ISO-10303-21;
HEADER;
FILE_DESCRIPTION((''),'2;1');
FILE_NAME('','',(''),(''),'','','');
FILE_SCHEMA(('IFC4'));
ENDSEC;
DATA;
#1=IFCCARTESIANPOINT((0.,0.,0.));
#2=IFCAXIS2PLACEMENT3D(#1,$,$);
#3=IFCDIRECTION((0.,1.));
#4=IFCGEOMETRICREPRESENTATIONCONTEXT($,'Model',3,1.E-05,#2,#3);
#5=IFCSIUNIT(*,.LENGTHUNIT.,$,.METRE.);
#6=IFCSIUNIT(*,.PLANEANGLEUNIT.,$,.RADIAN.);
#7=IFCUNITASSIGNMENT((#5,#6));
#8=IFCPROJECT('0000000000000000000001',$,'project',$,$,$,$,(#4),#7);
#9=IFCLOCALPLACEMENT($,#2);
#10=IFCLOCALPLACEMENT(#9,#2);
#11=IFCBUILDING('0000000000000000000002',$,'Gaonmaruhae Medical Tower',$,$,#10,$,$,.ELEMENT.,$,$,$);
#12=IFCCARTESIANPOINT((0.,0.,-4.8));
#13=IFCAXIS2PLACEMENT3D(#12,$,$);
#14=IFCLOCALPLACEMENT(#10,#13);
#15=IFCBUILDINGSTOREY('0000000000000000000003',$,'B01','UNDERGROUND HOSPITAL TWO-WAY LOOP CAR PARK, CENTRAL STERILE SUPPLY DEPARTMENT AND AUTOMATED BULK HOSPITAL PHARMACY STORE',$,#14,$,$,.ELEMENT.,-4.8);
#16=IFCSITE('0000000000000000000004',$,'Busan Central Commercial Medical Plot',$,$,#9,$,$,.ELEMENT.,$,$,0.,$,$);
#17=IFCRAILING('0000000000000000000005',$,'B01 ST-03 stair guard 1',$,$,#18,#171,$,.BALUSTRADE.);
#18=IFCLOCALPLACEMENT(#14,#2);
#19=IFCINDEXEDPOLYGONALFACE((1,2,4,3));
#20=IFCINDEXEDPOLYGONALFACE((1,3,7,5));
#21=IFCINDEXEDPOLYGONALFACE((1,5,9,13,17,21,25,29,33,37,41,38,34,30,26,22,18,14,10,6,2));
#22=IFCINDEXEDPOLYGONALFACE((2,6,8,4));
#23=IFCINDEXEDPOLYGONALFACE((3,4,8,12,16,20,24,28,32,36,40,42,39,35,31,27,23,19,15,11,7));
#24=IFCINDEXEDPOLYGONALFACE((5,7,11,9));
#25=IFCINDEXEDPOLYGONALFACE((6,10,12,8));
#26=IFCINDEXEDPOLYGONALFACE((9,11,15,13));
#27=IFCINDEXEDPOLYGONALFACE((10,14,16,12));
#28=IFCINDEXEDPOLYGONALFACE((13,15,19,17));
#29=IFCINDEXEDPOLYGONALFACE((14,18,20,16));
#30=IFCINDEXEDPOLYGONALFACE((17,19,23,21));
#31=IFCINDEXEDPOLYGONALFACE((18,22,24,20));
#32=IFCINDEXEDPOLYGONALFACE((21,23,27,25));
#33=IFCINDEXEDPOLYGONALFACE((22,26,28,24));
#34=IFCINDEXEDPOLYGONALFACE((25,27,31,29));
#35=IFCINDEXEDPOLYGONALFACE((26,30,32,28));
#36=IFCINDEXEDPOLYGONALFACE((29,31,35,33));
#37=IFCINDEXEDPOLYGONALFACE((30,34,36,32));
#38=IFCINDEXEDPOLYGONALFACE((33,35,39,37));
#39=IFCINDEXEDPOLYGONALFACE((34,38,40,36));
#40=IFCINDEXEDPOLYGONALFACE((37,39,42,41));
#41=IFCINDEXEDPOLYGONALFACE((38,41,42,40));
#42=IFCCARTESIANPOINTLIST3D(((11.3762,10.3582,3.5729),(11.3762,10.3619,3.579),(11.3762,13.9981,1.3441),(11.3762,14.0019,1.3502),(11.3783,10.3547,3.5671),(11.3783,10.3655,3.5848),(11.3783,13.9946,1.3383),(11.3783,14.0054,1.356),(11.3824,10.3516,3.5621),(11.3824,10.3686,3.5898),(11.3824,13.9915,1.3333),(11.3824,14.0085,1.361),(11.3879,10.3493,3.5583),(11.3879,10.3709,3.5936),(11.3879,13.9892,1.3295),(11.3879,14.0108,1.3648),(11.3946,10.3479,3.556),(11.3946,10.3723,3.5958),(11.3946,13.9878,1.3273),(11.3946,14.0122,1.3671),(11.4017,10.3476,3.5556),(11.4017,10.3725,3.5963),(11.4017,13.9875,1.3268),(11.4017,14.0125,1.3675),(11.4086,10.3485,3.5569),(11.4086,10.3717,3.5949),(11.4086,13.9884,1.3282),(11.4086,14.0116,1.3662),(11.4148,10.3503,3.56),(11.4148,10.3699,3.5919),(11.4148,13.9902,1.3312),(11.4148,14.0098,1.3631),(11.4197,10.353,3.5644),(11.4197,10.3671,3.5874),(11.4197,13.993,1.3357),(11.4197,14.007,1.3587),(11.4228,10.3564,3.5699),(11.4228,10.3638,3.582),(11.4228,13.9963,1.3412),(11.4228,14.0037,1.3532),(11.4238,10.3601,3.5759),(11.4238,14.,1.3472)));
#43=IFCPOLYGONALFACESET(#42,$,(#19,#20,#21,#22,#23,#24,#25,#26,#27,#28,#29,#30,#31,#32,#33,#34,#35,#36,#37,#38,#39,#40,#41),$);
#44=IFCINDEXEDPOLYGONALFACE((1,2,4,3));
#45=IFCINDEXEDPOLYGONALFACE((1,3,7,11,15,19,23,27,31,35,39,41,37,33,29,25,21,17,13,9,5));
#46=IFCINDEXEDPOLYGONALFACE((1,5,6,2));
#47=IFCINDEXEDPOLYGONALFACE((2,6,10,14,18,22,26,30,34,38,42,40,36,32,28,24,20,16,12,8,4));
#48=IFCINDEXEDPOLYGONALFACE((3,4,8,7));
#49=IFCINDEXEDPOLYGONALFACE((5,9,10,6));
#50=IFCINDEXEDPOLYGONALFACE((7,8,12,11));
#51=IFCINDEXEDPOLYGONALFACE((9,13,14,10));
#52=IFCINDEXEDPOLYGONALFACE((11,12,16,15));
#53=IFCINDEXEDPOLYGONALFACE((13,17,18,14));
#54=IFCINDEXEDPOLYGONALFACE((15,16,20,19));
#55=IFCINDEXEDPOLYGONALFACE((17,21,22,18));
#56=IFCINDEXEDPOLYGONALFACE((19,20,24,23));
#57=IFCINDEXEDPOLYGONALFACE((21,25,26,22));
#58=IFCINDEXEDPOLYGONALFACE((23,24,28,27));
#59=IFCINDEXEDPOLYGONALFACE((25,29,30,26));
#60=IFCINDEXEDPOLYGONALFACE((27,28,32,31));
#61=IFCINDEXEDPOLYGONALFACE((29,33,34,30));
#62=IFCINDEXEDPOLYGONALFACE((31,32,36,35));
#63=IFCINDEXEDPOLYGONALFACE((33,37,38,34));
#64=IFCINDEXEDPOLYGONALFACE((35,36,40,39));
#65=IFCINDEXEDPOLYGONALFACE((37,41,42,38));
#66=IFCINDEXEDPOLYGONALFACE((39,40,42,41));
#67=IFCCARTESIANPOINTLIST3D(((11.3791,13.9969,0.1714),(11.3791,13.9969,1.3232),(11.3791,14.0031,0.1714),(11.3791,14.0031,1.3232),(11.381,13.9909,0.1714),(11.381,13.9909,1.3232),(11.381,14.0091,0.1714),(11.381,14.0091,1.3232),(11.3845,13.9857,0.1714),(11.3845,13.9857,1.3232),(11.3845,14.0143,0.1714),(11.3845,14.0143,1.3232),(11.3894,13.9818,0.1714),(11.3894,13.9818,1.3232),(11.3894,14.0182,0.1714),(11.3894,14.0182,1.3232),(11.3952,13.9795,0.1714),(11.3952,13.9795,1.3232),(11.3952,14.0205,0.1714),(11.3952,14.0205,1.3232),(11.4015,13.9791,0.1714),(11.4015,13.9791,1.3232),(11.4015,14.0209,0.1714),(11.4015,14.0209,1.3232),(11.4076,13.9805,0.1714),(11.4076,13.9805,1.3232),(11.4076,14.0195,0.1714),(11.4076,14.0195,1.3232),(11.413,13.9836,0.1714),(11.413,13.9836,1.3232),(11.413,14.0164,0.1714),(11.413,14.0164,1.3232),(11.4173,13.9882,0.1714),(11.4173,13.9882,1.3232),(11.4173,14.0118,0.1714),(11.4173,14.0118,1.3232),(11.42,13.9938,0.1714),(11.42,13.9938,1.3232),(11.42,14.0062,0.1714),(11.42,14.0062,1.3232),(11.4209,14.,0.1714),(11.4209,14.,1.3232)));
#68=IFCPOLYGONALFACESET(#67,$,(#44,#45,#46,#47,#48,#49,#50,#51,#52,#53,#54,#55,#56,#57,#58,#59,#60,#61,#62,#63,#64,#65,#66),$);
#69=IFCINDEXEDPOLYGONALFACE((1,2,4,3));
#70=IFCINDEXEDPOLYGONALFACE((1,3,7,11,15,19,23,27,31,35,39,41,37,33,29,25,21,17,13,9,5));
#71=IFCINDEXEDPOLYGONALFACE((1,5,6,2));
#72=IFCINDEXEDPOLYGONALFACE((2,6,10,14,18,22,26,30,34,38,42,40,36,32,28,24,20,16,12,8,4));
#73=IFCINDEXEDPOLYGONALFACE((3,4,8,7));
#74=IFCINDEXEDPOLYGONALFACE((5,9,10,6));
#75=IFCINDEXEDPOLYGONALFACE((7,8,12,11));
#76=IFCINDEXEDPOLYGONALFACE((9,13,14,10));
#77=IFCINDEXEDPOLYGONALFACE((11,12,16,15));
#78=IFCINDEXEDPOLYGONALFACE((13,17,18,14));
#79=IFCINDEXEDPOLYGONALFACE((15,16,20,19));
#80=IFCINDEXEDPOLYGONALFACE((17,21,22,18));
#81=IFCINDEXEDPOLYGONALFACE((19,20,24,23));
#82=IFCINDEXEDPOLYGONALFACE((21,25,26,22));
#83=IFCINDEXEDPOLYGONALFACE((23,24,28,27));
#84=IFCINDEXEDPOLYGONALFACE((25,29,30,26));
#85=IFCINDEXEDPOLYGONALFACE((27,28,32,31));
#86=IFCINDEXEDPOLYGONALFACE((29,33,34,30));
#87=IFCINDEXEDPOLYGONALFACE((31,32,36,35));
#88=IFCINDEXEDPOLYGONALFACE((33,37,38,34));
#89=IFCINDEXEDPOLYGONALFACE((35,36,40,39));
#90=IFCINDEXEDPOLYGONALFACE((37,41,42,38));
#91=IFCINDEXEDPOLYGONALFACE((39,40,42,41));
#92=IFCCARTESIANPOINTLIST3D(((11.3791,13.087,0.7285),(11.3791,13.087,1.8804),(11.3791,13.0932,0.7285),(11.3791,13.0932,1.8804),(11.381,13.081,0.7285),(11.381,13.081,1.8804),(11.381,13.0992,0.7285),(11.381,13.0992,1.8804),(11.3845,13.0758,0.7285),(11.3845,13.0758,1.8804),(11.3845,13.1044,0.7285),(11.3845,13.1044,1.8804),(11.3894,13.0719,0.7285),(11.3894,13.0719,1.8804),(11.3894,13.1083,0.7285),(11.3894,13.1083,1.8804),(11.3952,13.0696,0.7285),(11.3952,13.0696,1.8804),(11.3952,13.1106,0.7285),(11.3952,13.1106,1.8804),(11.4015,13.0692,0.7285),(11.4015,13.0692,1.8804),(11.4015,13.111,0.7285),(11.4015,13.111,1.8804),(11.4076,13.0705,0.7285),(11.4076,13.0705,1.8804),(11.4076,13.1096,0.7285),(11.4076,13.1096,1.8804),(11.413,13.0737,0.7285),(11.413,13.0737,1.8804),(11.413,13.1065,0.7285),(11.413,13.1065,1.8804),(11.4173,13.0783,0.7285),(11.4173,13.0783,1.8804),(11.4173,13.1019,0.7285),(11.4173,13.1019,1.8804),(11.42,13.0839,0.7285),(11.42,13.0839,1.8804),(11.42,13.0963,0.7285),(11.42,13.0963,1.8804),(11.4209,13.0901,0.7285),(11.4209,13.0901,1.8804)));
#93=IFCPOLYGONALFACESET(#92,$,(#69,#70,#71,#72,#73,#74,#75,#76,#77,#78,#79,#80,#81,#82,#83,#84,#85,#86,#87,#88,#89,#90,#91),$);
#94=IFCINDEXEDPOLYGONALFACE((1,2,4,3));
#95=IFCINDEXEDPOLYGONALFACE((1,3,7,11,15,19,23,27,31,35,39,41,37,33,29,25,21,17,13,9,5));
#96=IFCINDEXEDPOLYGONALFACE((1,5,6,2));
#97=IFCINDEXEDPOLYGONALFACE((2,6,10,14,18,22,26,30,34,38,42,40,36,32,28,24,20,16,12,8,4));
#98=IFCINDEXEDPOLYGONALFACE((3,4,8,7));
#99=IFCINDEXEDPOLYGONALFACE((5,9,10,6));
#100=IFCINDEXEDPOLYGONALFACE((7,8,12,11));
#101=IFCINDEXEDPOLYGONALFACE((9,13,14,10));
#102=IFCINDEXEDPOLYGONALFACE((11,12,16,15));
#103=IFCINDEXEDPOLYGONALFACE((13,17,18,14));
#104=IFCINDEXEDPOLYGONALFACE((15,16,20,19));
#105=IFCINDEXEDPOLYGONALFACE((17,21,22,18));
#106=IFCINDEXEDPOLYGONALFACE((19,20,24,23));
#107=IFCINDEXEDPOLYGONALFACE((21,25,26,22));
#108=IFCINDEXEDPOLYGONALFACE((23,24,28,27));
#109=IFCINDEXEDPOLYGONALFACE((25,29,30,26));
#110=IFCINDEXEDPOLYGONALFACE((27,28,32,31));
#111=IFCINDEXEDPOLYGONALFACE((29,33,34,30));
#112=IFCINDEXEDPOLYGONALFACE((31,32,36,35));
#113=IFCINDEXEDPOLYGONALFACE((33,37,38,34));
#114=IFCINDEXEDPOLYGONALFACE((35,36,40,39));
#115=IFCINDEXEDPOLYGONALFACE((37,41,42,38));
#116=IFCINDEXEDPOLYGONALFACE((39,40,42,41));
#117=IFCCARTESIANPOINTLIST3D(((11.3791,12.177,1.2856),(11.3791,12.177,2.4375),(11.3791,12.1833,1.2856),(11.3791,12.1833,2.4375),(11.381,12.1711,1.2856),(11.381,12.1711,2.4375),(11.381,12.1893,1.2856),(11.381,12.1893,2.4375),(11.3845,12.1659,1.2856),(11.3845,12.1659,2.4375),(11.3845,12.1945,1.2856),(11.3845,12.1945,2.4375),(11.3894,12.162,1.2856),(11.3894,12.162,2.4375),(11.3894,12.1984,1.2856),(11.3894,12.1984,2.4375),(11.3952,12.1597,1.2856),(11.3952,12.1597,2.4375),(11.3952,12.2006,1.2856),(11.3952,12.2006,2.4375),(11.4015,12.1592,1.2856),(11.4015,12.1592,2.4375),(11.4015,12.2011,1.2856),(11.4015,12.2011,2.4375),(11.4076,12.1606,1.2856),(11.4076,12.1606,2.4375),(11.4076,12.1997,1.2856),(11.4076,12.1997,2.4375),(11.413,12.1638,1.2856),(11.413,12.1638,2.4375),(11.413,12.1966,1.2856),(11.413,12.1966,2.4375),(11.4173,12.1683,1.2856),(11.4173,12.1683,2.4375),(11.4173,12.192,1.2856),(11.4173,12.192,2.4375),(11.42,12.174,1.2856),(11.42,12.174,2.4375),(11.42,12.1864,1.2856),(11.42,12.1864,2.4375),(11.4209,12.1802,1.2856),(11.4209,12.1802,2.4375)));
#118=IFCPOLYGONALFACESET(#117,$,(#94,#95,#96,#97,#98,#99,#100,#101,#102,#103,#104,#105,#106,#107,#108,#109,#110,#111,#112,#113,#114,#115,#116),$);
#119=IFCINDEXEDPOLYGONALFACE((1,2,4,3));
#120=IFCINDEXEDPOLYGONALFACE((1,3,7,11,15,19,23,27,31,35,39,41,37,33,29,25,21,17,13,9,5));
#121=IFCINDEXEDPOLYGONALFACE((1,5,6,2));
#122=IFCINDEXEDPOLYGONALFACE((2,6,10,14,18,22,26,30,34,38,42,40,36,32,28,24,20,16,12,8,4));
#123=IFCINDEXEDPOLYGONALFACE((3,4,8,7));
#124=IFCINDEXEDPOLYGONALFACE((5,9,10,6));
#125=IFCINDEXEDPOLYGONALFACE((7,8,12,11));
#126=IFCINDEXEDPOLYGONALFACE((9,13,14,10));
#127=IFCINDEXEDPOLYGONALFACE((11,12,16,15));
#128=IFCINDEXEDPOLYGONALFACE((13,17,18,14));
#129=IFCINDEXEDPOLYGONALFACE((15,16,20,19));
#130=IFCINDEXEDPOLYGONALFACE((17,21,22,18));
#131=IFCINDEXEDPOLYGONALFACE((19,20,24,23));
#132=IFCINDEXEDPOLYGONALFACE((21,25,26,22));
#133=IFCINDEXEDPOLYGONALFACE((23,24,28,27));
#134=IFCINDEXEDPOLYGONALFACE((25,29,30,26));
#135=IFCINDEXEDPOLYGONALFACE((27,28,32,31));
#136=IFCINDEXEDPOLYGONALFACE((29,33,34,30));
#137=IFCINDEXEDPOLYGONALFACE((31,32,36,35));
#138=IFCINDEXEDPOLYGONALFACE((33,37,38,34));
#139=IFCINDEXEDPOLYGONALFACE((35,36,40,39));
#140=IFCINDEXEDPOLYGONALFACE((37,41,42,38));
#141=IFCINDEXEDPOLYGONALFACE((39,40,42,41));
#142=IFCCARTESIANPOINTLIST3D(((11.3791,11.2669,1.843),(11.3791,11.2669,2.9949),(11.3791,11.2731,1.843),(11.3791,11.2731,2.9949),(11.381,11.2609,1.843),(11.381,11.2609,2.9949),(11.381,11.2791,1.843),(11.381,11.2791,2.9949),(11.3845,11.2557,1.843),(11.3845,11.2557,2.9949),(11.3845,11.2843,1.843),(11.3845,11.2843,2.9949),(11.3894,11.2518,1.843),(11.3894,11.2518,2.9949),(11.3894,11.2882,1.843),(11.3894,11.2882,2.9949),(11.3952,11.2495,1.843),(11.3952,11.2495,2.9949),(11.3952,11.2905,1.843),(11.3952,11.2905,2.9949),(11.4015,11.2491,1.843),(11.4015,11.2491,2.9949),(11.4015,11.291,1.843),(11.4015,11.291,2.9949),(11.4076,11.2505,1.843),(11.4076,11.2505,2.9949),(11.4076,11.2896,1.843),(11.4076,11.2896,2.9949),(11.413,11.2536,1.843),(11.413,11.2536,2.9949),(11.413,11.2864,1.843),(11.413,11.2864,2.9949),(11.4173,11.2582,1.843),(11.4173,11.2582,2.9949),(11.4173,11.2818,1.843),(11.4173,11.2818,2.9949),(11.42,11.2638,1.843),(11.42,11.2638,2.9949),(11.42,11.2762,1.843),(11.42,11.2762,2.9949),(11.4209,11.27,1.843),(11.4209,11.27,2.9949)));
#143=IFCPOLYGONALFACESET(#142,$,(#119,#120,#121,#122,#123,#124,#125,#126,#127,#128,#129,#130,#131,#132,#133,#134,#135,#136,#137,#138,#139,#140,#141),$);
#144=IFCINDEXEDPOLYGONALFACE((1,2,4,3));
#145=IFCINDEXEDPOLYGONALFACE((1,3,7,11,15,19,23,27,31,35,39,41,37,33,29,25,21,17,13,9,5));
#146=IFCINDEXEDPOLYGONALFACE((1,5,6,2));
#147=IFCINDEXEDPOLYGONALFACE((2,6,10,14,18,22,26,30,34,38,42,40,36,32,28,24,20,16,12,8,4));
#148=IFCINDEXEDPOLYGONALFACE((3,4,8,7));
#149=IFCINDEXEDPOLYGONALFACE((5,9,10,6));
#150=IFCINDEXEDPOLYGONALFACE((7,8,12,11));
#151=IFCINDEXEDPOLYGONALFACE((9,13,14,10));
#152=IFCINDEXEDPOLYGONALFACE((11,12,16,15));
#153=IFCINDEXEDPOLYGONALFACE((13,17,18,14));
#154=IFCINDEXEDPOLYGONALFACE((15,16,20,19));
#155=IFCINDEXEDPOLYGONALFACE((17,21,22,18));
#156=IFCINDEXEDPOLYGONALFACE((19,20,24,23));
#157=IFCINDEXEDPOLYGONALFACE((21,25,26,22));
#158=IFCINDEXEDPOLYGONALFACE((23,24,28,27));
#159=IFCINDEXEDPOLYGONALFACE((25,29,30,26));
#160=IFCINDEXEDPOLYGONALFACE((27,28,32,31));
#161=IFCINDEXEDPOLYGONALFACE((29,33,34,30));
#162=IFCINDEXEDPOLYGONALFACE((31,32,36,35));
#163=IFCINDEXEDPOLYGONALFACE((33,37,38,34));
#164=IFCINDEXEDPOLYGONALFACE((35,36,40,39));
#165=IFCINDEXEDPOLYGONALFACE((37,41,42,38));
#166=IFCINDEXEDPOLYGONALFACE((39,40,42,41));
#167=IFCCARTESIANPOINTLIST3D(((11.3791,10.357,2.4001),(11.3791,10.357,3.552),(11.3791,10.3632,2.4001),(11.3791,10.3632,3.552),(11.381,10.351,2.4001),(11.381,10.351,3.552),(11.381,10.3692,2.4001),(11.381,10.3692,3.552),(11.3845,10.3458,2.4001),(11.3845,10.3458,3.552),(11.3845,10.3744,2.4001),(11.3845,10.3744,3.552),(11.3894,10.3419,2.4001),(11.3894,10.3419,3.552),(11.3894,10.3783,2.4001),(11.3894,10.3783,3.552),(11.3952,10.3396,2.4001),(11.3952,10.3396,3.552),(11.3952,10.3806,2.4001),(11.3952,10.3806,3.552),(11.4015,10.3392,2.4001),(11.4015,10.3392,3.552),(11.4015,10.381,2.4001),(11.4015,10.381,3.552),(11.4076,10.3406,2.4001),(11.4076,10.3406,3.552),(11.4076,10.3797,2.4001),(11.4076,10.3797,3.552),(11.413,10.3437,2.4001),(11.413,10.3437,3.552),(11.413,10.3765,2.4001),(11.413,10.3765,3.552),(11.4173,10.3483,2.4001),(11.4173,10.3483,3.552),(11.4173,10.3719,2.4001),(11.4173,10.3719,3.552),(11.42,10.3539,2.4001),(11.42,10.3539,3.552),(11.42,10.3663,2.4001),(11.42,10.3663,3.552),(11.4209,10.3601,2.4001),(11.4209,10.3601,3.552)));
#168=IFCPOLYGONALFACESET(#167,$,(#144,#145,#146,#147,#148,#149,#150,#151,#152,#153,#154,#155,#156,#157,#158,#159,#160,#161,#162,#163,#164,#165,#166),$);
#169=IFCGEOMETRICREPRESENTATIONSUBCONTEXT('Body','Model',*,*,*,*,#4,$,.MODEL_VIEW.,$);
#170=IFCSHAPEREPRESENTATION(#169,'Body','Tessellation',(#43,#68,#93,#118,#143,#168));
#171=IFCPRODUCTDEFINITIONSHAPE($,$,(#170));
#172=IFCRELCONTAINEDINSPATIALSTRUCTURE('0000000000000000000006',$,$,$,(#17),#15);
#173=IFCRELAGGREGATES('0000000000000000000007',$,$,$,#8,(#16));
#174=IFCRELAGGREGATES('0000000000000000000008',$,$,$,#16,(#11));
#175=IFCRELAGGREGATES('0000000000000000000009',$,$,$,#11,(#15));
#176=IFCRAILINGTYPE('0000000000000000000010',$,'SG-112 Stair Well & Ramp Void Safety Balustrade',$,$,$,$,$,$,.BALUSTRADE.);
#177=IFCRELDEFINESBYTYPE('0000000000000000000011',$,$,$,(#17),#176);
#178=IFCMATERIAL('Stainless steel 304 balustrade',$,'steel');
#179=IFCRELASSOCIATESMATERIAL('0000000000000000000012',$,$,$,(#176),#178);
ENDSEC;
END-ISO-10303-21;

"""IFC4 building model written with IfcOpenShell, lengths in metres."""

from ifc_helpers import new_model, si_unit, direction, frame, origin, origin_2d, place, context, subcontext, project, spatial, circle, extrude, material, type_object, element, save


model = new_model("IFC4")

# Units and contexts
model_context = context("Model", 3, precision=1e-05, world=origin(), true_north=direction((0.0, 1.0)))
body_context = subcontext(model_context, "Body", "Model", "MODEL_VIEW")
ifc_project = project(units=[si_unit("LENGTHUNIT", "METRE"), si_unit("PLANEANGLEUNIT", "RADIAN")], contexts=[model_context])

# Site, building, storey
site_placement = place(None, origin())
site = spatial("IfcSite", under=ifc_project, at=site_placement, Name="Busan Central Commercial Medical Plot", CompositionType="ELEMENT", RefElevation=0.0)
building_placement = place(site_placement, origin())
building = spatial("IfcBuilding", under=site, at=building_placement, Name="Gaonmaruhae Medical Tower", CompositionType="ELEMENT")
storey_placement = place(building_placement, frame((0.0, 0.0, -4.8)))
storey = spatial("IfcBuildingStorey", under=building, at=storey_placement, Name="B01", Description="UNDERGROUND HOSPITAL TWO-WAY LOOP CAR PARK, CENTRAL STERILE SUPPLY DEPARTMENT AND AUTOMATED BULK HOSPITAL PHARMACY STORE", CompositionType="ELEMENT", Elevation=-4.8)

# Railing
ifc_material_1 = material(Name="Stainless steel 304 balustrade", Category="steel")
railing_type_1 = type_object("IfcRailingType", Name="SG-112 Stair Well & Ramp Void Safety Balustrade", PredefinedType="BALUSTRADE", material=ifc_material_1)
railing_1_placement = place(storey_placement, frame((11.3999, 14.0, 0.1714)))
element("IfcRailing", 1, at=railing_1_placement, inside=storey, type_object=railing_type_1, Name="B01 ST-03 stair guard 1", PredefinedType="BALUSTRADE", context=body_context, shape_type="SweptSolid", body=[
    extrude(circle(Radius=0.0239, at=origin_2d()), frame((0.0, 0.0, 1.1758), z_axis=(0.0, -0.852825, 0.522197), x_axis=(1.0, 0.0, 0.0)), (0.0, 0.0, 1.0), 4.2681),
    extrude(circle(Radius=0.021, at=origin_2d()), origin(), (0.0, 0.0, 1.0), 1.1519),
    extrude(circle(Radius=0.021, at=origin_2d()), frame((0.0, -0.9099, 0.5571)), (0.0, 0.0, 1.0), 1.1519),
    extrude(circle(Radius=0.021, at=origin_2d()), frame((0.0, -1.8198, 1.1143)), (0.0, 0.0, 1.0), 1.1519),
    extrude(circle(Radius=0.021, at=origin_2d()), frame((0.0, -2.73, 1.6716)), (0.0, 0.0, 1.0), 1.1519),
    extrude(circle(Radius=0.021, at=origin_2d()), frame((0.0, -3.6399, 2.2288)), (0.0, 0.0, 1.0), 1.1519),
])

save(model, "model.ifc")
